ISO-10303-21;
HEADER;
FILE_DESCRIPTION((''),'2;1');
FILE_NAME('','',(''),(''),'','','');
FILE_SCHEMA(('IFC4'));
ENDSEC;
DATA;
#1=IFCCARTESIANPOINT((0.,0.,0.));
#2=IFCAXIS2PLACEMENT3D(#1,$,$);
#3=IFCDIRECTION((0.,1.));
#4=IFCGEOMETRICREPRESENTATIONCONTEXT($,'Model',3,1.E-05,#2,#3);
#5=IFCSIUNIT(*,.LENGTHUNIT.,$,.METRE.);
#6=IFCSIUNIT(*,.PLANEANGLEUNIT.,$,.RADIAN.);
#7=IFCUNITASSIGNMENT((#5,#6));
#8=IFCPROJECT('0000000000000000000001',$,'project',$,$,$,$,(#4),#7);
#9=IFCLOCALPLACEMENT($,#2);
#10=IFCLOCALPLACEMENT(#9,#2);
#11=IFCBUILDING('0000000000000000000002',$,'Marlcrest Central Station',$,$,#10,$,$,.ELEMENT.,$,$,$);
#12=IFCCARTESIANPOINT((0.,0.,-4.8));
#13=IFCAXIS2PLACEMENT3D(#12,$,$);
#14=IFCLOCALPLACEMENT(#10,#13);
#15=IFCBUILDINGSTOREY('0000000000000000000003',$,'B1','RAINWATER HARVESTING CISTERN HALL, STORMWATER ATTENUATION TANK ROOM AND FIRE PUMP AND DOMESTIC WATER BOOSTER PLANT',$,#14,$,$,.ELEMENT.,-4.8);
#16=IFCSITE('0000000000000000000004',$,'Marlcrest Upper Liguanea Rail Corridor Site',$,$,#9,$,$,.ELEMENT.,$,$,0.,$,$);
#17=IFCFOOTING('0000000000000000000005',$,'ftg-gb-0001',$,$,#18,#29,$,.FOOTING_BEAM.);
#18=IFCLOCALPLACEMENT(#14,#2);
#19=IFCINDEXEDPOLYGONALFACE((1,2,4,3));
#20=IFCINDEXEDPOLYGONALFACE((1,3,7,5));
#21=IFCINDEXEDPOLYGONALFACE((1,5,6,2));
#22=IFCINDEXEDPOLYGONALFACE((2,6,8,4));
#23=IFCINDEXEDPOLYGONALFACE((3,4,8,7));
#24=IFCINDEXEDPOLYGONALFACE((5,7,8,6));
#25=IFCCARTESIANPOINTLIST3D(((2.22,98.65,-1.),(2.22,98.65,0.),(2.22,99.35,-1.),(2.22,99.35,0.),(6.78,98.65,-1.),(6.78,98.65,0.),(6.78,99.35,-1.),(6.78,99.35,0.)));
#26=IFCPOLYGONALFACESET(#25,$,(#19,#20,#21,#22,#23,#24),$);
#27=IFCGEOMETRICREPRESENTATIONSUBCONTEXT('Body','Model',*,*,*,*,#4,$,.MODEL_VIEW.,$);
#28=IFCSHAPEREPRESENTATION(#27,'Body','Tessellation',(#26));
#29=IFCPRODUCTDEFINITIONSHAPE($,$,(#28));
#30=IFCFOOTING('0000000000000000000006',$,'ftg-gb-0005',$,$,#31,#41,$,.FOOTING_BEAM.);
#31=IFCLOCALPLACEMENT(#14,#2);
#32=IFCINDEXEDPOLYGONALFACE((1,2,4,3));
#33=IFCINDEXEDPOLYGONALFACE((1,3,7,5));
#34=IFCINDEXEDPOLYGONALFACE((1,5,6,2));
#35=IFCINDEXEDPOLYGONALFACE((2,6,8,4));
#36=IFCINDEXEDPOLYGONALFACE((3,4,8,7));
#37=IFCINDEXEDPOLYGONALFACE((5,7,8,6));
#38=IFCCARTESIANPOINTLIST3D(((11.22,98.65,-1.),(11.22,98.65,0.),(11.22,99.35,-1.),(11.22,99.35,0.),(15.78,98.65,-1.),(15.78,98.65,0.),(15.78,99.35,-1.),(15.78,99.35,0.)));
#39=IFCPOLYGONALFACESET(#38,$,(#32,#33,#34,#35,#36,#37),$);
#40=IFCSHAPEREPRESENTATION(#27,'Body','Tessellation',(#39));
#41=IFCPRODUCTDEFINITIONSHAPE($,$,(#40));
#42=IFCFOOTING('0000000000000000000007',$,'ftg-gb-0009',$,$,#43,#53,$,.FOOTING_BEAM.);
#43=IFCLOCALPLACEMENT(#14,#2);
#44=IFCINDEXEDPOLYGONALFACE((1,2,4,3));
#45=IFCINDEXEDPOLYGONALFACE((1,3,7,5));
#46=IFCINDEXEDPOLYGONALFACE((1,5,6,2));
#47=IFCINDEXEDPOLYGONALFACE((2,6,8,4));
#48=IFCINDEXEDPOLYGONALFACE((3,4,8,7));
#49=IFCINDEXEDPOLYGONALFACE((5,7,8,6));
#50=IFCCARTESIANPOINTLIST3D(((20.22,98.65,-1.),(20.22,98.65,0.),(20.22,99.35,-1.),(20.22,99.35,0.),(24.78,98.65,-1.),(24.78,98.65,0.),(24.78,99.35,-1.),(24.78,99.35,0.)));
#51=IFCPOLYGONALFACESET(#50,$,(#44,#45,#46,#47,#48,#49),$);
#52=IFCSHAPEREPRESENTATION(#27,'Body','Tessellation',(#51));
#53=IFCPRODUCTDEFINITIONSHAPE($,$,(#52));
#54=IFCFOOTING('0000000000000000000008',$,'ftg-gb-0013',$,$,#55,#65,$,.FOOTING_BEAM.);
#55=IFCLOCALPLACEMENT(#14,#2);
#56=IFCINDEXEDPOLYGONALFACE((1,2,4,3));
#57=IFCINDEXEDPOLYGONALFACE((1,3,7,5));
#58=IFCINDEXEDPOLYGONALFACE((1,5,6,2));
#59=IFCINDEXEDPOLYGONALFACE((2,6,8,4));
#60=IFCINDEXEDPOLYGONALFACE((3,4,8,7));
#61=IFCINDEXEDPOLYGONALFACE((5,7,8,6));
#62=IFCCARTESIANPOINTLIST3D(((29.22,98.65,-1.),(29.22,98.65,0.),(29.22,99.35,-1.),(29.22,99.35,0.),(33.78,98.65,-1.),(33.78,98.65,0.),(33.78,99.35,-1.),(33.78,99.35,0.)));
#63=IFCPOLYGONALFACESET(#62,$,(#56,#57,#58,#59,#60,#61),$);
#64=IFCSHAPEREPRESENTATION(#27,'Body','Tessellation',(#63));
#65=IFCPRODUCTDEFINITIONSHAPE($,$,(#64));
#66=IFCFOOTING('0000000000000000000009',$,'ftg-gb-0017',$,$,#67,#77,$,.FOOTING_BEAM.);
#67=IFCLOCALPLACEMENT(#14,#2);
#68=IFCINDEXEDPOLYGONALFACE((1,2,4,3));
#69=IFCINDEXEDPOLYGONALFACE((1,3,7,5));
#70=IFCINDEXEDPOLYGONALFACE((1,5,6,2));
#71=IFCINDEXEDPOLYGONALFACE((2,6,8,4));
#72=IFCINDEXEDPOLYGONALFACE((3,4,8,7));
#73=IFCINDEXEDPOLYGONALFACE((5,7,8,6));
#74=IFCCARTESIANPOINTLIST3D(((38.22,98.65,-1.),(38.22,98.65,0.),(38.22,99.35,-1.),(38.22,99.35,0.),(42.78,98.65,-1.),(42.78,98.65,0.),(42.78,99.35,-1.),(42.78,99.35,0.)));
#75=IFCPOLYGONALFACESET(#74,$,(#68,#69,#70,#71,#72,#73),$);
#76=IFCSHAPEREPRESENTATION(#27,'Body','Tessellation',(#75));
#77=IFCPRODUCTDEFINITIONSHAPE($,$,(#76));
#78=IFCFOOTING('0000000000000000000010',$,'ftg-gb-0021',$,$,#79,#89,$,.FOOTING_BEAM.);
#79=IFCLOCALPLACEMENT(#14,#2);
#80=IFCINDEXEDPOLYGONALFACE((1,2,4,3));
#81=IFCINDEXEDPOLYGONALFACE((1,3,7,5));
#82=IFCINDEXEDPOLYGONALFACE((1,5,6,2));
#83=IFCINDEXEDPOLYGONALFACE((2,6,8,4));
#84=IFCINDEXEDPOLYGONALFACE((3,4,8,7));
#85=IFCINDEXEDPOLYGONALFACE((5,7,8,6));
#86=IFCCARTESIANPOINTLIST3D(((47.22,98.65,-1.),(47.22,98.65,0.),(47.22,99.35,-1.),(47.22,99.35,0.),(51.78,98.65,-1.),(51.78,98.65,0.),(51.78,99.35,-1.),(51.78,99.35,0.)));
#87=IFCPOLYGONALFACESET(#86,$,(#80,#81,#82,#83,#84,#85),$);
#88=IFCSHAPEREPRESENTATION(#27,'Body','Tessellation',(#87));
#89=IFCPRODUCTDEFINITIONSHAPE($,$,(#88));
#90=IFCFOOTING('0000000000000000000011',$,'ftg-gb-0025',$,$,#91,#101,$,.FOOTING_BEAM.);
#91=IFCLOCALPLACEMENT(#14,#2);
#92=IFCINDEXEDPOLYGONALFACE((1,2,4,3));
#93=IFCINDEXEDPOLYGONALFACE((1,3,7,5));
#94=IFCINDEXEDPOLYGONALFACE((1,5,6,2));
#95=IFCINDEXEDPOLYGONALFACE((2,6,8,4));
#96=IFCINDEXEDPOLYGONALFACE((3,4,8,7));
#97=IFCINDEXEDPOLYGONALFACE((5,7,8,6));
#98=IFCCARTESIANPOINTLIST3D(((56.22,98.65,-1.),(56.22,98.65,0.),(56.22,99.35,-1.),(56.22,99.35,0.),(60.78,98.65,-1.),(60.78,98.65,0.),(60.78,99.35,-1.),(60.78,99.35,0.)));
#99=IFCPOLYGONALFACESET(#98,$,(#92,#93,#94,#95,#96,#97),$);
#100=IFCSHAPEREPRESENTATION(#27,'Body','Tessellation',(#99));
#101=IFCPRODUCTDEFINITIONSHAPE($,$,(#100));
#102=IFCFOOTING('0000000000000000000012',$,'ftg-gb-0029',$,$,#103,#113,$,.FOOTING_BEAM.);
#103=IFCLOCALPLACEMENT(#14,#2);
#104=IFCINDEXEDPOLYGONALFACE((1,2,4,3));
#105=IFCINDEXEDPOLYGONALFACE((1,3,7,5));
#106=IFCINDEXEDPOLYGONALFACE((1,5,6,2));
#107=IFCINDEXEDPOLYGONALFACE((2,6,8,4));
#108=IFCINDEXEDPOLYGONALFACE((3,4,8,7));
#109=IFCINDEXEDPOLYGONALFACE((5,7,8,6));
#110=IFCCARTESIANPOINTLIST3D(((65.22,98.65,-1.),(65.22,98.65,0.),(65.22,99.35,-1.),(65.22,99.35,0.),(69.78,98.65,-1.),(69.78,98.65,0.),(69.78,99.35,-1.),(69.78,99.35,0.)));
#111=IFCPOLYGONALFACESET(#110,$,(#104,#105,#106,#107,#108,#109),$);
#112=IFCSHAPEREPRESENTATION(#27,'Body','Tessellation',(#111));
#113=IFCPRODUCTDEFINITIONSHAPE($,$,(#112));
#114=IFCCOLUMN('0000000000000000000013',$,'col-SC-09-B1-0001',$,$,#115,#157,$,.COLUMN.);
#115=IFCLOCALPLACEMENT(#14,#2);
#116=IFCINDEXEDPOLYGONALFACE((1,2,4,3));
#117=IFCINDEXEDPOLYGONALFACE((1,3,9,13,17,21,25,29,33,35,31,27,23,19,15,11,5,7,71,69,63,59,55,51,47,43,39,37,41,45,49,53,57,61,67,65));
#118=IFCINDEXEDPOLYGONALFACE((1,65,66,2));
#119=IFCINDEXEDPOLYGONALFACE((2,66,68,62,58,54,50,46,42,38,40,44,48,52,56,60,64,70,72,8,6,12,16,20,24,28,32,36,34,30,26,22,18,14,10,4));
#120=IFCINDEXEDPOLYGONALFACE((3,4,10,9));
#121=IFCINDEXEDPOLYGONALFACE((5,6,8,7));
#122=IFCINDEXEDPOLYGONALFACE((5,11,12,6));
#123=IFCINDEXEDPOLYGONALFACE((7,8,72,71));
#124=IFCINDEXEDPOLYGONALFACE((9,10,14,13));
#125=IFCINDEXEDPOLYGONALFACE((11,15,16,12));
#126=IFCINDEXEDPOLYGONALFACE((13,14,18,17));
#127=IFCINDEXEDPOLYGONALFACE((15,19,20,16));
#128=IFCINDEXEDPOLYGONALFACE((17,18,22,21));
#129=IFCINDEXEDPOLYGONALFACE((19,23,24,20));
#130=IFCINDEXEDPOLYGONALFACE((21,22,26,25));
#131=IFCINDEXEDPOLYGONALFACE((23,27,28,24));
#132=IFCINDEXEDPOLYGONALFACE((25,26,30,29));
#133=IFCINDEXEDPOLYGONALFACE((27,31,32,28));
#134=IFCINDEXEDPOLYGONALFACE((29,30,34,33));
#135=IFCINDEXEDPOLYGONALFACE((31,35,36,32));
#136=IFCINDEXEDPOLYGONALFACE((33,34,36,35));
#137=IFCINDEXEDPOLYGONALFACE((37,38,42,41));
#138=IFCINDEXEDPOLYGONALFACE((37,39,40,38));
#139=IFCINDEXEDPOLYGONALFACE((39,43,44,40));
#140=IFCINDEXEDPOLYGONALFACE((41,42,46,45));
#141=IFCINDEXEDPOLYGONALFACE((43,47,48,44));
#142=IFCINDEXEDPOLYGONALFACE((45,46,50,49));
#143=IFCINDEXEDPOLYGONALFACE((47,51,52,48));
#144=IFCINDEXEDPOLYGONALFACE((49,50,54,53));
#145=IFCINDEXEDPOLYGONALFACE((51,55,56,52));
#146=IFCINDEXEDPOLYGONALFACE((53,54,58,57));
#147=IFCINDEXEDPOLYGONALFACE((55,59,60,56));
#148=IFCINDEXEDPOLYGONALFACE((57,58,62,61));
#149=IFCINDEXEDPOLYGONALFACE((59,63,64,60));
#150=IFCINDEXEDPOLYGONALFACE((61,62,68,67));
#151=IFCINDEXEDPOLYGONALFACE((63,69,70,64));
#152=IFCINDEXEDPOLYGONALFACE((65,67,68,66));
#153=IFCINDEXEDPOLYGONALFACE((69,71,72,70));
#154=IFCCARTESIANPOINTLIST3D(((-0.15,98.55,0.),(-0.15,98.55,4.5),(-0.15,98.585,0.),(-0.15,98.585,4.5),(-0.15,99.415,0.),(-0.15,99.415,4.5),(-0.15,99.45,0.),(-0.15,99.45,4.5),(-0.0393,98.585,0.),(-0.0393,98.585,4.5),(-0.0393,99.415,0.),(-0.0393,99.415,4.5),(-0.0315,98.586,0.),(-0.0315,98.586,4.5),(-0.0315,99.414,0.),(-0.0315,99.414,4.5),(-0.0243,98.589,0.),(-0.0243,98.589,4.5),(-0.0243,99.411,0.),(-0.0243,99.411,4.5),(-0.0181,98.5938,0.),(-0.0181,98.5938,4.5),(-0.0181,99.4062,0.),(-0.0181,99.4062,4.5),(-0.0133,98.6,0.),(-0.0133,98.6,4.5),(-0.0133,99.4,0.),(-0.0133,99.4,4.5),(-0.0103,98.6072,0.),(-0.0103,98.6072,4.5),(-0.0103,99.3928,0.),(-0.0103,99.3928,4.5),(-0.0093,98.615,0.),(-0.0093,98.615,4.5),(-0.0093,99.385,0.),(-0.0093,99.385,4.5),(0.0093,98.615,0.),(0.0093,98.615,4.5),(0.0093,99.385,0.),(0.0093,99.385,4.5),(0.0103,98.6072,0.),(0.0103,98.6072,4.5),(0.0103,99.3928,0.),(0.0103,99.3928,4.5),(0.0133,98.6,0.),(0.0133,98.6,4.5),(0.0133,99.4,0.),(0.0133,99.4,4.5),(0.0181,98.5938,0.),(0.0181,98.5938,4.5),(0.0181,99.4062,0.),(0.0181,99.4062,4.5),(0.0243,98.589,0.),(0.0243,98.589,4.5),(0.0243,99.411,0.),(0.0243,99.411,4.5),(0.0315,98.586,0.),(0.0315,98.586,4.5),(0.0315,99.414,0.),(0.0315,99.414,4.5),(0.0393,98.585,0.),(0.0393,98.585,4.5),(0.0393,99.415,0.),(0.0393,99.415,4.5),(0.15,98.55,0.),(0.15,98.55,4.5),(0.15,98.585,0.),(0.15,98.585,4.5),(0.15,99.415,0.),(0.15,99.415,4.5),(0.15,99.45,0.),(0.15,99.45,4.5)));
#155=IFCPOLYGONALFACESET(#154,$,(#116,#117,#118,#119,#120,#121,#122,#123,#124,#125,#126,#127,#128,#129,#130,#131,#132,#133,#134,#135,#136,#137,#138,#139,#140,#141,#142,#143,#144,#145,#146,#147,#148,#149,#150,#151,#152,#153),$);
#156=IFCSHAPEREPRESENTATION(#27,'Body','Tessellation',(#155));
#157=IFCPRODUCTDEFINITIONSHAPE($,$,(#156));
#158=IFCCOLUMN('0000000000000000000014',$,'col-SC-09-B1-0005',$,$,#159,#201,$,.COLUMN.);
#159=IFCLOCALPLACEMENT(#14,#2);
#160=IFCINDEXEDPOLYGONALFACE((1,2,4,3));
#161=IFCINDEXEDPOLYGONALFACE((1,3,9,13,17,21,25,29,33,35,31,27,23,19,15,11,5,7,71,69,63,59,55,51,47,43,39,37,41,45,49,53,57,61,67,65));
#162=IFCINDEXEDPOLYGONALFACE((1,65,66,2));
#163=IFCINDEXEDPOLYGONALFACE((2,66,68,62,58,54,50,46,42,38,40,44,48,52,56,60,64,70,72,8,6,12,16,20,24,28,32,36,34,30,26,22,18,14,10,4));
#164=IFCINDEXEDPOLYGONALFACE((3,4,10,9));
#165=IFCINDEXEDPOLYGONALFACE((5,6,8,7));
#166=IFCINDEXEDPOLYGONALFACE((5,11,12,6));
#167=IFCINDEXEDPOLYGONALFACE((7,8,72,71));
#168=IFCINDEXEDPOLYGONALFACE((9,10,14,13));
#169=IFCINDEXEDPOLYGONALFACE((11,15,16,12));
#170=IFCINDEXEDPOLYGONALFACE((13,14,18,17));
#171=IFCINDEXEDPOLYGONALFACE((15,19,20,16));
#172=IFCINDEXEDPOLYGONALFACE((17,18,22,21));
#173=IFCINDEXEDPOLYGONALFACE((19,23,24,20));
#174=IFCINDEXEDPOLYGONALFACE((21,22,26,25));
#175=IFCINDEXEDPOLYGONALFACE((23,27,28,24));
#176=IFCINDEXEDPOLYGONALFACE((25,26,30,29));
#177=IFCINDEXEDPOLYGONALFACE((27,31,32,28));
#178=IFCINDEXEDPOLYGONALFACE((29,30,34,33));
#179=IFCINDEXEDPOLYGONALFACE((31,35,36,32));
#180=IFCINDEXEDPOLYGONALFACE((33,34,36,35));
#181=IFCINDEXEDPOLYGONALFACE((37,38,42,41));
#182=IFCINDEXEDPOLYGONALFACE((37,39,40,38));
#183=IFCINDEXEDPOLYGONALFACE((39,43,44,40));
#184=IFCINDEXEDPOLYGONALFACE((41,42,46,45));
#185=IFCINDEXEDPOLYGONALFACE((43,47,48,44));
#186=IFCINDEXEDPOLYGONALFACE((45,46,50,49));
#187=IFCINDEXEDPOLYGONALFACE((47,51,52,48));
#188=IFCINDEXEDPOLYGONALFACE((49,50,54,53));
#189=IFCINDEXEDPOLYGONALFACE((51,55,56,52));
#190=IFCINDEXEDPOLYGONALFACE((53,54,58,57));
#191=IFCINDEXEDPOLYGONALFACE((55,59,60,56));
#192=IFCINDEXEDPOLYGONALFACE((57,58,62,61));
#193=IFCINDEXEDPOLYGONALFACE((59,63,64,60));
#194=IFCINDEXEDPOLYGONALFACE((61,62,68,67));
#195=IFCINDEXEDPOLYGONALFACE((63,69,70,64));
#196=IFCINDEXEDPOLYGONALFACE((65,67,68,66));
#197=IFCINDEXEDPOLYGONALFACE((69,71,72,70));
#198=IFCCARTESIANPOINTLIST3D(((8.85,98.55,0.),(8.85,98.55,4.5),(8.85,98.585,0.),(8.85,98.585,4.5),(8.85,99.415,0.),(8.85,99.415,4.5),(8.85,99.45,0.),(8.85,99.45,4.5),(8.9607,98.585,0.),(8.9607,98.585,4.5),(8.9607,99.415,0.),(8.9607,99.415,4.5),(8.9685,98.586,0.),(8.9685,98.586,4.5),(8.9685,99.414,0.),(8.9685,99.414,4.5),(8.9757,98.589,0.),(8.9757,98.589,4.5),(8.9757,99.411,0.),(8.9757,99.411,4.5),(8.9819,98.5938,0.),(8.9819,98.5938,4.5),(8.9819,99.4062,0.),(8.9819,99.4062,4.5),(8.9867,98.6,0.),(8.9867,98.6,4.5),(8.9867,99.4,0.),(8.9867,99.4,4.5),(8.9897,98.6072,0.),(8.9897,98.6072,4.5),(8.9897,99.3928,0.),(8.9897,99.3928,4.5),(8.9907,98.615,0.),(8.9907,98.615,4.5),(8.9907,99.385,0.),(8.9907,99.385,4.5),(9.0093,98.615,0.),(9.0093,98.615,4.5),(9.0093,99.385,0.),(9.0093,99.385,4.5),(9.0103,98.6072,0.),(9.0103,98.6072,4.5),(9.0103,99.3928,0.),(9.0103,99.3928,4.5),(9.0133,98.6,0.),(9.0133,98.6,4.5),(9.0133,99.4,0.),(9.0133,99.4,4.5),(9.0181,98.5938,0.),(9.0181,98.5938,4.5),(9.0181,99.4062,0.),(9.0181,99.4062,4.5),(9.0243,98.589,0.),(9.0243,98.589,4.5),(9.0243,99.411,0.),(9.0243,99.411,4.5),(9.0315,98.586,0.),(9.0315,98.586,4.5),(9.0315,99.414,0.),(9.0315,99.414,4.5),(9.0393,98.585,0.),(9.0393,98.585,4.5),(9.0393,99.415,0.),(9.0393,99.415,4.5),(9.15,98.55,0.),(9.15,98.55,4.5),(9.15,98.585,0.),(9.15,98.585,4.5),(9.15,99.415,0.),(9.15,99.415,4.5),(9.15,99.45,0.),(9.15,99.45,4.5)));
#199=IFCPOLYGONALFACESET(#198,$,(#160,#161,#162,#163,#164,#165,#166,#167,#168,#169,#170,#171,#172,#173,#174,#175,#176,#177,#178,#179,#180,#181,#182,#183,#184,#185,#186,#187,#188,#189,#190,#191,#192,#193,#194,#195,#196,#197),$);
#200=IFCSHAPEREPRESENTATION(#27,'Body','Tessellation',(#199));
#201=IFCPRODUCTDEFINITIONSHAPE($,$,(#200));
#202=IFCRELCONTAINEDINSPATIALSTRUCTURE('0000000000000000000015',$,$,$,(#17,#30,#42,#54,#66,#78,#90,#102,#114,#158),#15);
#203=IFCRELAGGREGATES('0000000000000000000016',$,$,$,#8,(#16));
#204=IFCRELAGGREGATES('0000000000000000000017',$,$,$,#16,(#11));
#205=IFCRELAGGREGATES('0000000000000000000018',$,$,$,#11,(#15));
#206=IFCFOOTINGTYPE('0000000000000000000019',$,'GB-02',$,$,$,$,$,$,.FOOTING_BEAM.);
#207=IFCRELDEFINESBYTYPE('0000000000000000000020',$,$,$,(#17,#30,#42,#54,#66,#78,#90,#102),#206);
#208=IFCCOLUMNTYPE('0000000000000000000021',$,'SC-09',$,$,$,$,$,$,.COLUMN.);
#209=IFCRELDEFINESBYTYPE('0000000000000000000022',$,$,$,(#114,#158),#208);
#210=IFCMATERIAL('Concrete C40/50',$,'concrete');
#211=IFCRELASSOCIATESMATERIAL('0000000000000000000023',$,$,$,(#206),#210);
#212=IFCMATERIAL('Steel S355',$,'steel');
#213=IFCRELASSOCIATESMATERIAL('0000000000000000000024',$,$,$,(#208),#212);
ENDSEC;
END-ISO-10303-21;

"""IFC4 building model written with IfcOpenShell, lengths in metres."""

from ifc_helpers import new_model, si_unit, direction, frame, origin, origin_2d, place, context, subcontext, project, spatial, rectangle, i_section, extrude, material, material_profile, profile_set, type_object, element, save


model = new_model("IFC4")

# Units and contexts
model_context = context("Model", 3, precision=1e-05, world=origin(), true_north=direction((0.0, 1.0)))
body_context = subcontext(model_context, "Body", "Model", "MODEL_VIEW")
ifc_project = project(units=[si_unit("LENGTHUNIT", "METRE"), si_unit("PLANEANGLEUNIT", "RADIAN")], contexts=[model_context])

# Site, building, storey
site_placement = place(None, origin())
site = spatial("IfcSite", under=ifc_project, at=site_placement, Name="Marlcrest Upper Liguanea Rail Corridor Site", CompositionType="ELEMENT", RefElevation=0.0)
building_placement = place(site_placement, origin())
building = spatial("IfcBuilding", under=site, at=building_placement, Name="Marlcrest Central Station", CompositionType="ELEMENT")
storey_placement = place(building_placement, frame((0.0, 0.0, -4.8)))
storey = spatial("IfcBuildingStorey", under=building, at=storey_placement, Name="B1", Description="RAINWATER HARVESTING CISTERN HALL, STORMWATER ATTENUATION TANK ROOM AND FIRE PUMP AND DOMESTIC WATER BOOSTER PLANT", CompositionType="ELEMENT", Elevation=-4.8)

# Footings
ifc_material_1 = material(Name="Concrete C40/50", Category="concrete")
footing_type = type_object("IfcFootingType", Name="GB-02", PredefinedType="FOOTING_BEAM", material=ifc_material_1)
for number, where, z_axis, x_axis, name in (
    (1, (4.5, 99.0, -1.0), (0.0, 0.0, 1.0), (1.0, 0.0, 0.0), "ftg-gb-0001"),
    (2, (13.5, 99.0, -1.0), (0.0, 0.0, 1.0), (1.0, 0.0, 0.0), "ftg-gb-0005"),
    (3, (22.5, 99.0, -1.0), (0.0, 0.0, 1.0), (1.0, 0.0, 0.0), "ftg-gb-0009"),
    (4, (31.5, 99.0, -1.0), (0.0, 0.0, 1.0), (1.0, 0.0, 0.0), "ftg-gb-0013"),
    (5, (40.5, 99.0, -1.0), (0.0, 0.0, 1.0), (1.0, 0.0, 0.0), "ftg-gb-0017"),
    (6, (49.5, 99.0, -1.0), (0.0, 0.0, 1.0), (1.0, 0.0, 0.0), "ftg-gb-0021"),
    (7, (58.5, 99.0, -1.0), (0.0, 0.0, 1.0), (1.0, 0.0, 0.0), "ftg-gb-0025"),
    (8, (67.5, 99.0, -1.0), (0.0, 0.0, 1.0), (1.0, 0.0, 0.0), "ftg-gb-0029"),
):
    element("IfcFooting", number, at=place(storey_placement, frame(where, z_axis=z_axis, x_axis=x_axis)), inside=storey, type_object=footing_type, Name=name, PredefinedType="FOOTING_BEAM", context=body_context, shape_type="SweptSolid", body=[
        extrude(rectangle(XDim=4.5601, YDim=0.7, at=origin_2d()), origin(), (0.0, 0.0, 1.0), 1.0),
    ])

# Columns
ifc_material_2 = material(Name="Steel S355", Category="steel")
ifc_material_profile_1 = material_profile(ifc_material_2, i_section(OverallWidth=0.3, OverallDepth=0.8999, WebThickness=0.0186, FlangeThickness=0.0349, FilletRadius=0.03, at=origin_2d()), Name="HEB 900")
ifc_profile_set_1 = profile_set([ifc_material_profile_1], Name="Steel S355")
column_type = type_object("IfcColumnType", Name="SC-09", PredefinedType="COLUMN", material=ifc_profile_set_1)
for number, where, z_axis, x_axis, name in (
    (9, (0.0, 99.0, 0.0), (0.0, 0.0, 1.0), (1.0, 0.0, 0.0), "col-SC-09-B1-0001"),
    (10, (9.0, 99.0, 0.0), (0.0, 0.0, 1.0), (1.0, 0.0, 0.0), "col-SC-09-B1-0005"),
):
    element("IfcColumn", number, at=place(storey_placement, frame(where, z_axis=z_axis, x_axis=x_axis)), inside=storey, type_object=column_type, Name=name, PredefinedType="COLUMN", context=body_context, shape_type="SweptSolid", body=[
        extrude(i_section(OverallWidth=0.3, OverallDepth=0.8999, WebThickness=0.0186, FlangeThickness=0.0349, FilletRadius=0.03, at=origin_2d()), origin(), (0.0, 0.0, 1.0), 4.5),
    ])

save(model, "model.ifc")
